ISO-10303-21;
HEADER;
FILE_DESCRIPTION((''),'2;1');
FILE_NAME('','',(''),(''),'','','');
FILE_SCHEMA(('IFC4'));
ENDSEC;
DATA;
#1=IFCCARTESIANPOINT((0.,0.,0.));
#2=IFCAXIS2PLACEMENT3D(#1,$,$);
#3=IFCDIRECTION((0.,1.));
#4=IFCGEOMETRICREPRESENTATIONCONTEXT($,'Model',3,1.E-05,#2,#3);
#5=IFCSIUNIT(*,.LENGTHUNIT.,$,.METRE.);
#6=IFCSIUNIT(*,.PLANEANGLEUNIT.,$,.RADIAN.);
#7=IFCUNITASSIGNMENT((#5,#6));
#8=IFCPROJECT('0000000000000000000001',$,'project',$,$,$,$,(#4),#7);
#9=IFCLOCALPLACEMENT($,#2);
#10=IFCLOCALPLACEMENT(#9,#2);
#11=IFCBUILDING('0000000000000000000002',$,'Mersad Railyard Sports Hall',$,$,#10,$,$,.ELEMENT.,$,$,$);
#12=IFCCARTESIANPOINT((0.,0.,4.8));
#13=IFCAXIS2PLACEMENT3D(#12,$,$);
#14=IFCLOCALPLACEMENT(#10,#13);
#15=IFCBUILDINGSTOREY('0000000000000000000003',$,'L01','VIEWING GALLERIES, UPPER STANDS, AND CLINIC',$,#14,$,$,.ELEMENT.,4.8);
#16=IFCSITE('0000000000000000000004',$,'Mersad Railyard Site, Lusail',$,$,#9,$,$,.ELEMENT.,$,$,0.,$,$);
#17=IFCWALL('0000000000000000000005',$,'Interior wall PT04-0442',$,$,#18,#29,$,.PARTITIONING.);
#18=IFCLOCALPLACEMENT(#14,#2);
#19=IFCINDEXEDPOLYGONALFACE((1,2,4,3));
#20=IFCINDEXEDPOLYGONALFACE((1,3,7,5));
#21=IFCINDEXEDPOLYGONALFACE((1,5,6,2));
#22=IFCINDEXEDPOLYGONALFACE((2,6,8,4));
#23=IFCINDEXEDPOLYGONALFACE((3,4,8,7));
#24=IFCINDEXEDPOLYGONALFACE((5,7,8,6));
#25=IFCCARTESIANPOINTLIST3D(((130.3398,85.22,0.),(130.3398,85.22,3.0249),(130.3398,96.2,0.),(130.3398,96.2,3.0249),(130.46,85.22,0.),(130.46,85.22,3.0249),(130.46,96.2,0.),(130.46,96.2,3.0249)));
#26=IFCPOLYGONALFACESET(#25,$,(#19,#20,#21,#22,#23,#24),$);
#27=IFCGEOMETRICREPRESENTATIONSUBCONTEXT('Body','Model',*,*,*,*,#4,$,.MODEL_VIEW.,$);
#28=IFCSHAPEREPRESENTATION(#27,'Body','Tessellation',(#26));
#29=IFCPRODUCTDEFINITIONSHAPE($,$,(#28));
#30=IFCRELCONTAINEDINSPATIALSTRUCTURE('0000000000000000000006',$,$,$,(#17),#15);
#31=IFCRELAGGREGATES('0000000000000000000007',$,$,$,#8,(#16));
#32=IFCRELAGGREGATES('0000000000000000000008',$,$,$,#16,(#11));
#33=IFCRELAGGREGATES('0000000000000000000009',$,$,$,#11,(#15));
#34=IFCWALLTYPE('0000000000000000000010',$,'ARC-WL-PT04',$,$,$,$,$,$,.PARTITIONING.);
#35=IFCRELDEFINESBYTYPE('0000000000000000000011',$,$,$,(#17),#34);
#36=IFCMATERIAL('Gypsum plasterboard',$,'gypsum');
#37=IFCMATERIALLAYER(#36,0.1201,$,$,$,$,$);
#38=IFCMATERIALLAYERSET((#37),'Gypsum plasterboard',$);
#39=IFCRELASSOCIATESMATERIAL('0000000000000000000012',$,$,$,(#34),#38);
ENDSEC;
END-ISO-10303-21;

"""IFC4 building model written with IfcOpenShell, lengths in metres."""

from ifc_helpers import new_model, si_unit, direction, frame, frame_2d, origin, place, context, subcontext, project, spatial, rectangle, extrude, material, layer, layer_set, type_object, element, save


model = new_model("IFC4")

# Units and contexts
model_context = context("Model", 3, precision=1e-05, world=origin(), true_north=direction((0.0, 1.0)))
body_context = subcontext(model_context, "Body", "Model", "MODEL_VIEW")
ifc_project = project(units=[si_unit("LENGTHUNIT", "METRE"), si_unit("PLANEANGLEUNIT", "RADIAN")], contexts=[model_context])

# Site, building, storey
site_placement = place(None, origin())
site = spatial("IfcSite", under=ifc_project, at=site_placement, Name="Mersad Railyard Site, Lusail", CompositionType="ELEMENT", RefElevation=0.0)
building_placement = place(site_placement, origin())
building = spatial("IfcBuilding", under=site, at=building_placement, Name="Mersad Railyard Sports Hall", CompositionType="ELEMENT")
storey_placement = place(building_placement, frame((0.0, 0.0, 4.8)))
storey = spatial("IfcBuildingStorey", under=building, at=storey_placement, Name="L01", Description="VIEWING GALLERIES, UPPER STANDS, AND CLINIC", CompositionType="ELEMENT", Elevation=4.8)

# Wall
ifc_material_1 = material(Name="Gypsum plasterboard", Category="gypsum")
ifc_layer_1 = layer(ifc_material_1, 0.1201)
ifc_layer_set_1 = layer_set([ifc_layer_1], Name="Gypsum plasterboard")
wall_type = type_object("IfcWallType", Name="ARC-WL-PT04", PredefinedType="PARTITIONING", material=ifc_layer_set_1)
wall_placement = place(storey_placement, frame((130.3999, 85.22, 0.0), z_axis=(0.0, 0.0, 1.0), x_axis=(0.0, 1.0, 0.0)))
element("IfcWall", 1, at=wall_placement, inside=storey, type_object=wall_type, Name="Interior wall PT04-0442", PredefinedType="PARTITIONING", context=body_context, shape_type="SweptSolid", body=[
    extrude(rectangle(XDim=10.98, YDim=0.1201, at=frame_2d((5.49, 0.0))), origin(), (0.0, 0.0, 1.0), 3.0249),
])

save(model, "model.ifc")
